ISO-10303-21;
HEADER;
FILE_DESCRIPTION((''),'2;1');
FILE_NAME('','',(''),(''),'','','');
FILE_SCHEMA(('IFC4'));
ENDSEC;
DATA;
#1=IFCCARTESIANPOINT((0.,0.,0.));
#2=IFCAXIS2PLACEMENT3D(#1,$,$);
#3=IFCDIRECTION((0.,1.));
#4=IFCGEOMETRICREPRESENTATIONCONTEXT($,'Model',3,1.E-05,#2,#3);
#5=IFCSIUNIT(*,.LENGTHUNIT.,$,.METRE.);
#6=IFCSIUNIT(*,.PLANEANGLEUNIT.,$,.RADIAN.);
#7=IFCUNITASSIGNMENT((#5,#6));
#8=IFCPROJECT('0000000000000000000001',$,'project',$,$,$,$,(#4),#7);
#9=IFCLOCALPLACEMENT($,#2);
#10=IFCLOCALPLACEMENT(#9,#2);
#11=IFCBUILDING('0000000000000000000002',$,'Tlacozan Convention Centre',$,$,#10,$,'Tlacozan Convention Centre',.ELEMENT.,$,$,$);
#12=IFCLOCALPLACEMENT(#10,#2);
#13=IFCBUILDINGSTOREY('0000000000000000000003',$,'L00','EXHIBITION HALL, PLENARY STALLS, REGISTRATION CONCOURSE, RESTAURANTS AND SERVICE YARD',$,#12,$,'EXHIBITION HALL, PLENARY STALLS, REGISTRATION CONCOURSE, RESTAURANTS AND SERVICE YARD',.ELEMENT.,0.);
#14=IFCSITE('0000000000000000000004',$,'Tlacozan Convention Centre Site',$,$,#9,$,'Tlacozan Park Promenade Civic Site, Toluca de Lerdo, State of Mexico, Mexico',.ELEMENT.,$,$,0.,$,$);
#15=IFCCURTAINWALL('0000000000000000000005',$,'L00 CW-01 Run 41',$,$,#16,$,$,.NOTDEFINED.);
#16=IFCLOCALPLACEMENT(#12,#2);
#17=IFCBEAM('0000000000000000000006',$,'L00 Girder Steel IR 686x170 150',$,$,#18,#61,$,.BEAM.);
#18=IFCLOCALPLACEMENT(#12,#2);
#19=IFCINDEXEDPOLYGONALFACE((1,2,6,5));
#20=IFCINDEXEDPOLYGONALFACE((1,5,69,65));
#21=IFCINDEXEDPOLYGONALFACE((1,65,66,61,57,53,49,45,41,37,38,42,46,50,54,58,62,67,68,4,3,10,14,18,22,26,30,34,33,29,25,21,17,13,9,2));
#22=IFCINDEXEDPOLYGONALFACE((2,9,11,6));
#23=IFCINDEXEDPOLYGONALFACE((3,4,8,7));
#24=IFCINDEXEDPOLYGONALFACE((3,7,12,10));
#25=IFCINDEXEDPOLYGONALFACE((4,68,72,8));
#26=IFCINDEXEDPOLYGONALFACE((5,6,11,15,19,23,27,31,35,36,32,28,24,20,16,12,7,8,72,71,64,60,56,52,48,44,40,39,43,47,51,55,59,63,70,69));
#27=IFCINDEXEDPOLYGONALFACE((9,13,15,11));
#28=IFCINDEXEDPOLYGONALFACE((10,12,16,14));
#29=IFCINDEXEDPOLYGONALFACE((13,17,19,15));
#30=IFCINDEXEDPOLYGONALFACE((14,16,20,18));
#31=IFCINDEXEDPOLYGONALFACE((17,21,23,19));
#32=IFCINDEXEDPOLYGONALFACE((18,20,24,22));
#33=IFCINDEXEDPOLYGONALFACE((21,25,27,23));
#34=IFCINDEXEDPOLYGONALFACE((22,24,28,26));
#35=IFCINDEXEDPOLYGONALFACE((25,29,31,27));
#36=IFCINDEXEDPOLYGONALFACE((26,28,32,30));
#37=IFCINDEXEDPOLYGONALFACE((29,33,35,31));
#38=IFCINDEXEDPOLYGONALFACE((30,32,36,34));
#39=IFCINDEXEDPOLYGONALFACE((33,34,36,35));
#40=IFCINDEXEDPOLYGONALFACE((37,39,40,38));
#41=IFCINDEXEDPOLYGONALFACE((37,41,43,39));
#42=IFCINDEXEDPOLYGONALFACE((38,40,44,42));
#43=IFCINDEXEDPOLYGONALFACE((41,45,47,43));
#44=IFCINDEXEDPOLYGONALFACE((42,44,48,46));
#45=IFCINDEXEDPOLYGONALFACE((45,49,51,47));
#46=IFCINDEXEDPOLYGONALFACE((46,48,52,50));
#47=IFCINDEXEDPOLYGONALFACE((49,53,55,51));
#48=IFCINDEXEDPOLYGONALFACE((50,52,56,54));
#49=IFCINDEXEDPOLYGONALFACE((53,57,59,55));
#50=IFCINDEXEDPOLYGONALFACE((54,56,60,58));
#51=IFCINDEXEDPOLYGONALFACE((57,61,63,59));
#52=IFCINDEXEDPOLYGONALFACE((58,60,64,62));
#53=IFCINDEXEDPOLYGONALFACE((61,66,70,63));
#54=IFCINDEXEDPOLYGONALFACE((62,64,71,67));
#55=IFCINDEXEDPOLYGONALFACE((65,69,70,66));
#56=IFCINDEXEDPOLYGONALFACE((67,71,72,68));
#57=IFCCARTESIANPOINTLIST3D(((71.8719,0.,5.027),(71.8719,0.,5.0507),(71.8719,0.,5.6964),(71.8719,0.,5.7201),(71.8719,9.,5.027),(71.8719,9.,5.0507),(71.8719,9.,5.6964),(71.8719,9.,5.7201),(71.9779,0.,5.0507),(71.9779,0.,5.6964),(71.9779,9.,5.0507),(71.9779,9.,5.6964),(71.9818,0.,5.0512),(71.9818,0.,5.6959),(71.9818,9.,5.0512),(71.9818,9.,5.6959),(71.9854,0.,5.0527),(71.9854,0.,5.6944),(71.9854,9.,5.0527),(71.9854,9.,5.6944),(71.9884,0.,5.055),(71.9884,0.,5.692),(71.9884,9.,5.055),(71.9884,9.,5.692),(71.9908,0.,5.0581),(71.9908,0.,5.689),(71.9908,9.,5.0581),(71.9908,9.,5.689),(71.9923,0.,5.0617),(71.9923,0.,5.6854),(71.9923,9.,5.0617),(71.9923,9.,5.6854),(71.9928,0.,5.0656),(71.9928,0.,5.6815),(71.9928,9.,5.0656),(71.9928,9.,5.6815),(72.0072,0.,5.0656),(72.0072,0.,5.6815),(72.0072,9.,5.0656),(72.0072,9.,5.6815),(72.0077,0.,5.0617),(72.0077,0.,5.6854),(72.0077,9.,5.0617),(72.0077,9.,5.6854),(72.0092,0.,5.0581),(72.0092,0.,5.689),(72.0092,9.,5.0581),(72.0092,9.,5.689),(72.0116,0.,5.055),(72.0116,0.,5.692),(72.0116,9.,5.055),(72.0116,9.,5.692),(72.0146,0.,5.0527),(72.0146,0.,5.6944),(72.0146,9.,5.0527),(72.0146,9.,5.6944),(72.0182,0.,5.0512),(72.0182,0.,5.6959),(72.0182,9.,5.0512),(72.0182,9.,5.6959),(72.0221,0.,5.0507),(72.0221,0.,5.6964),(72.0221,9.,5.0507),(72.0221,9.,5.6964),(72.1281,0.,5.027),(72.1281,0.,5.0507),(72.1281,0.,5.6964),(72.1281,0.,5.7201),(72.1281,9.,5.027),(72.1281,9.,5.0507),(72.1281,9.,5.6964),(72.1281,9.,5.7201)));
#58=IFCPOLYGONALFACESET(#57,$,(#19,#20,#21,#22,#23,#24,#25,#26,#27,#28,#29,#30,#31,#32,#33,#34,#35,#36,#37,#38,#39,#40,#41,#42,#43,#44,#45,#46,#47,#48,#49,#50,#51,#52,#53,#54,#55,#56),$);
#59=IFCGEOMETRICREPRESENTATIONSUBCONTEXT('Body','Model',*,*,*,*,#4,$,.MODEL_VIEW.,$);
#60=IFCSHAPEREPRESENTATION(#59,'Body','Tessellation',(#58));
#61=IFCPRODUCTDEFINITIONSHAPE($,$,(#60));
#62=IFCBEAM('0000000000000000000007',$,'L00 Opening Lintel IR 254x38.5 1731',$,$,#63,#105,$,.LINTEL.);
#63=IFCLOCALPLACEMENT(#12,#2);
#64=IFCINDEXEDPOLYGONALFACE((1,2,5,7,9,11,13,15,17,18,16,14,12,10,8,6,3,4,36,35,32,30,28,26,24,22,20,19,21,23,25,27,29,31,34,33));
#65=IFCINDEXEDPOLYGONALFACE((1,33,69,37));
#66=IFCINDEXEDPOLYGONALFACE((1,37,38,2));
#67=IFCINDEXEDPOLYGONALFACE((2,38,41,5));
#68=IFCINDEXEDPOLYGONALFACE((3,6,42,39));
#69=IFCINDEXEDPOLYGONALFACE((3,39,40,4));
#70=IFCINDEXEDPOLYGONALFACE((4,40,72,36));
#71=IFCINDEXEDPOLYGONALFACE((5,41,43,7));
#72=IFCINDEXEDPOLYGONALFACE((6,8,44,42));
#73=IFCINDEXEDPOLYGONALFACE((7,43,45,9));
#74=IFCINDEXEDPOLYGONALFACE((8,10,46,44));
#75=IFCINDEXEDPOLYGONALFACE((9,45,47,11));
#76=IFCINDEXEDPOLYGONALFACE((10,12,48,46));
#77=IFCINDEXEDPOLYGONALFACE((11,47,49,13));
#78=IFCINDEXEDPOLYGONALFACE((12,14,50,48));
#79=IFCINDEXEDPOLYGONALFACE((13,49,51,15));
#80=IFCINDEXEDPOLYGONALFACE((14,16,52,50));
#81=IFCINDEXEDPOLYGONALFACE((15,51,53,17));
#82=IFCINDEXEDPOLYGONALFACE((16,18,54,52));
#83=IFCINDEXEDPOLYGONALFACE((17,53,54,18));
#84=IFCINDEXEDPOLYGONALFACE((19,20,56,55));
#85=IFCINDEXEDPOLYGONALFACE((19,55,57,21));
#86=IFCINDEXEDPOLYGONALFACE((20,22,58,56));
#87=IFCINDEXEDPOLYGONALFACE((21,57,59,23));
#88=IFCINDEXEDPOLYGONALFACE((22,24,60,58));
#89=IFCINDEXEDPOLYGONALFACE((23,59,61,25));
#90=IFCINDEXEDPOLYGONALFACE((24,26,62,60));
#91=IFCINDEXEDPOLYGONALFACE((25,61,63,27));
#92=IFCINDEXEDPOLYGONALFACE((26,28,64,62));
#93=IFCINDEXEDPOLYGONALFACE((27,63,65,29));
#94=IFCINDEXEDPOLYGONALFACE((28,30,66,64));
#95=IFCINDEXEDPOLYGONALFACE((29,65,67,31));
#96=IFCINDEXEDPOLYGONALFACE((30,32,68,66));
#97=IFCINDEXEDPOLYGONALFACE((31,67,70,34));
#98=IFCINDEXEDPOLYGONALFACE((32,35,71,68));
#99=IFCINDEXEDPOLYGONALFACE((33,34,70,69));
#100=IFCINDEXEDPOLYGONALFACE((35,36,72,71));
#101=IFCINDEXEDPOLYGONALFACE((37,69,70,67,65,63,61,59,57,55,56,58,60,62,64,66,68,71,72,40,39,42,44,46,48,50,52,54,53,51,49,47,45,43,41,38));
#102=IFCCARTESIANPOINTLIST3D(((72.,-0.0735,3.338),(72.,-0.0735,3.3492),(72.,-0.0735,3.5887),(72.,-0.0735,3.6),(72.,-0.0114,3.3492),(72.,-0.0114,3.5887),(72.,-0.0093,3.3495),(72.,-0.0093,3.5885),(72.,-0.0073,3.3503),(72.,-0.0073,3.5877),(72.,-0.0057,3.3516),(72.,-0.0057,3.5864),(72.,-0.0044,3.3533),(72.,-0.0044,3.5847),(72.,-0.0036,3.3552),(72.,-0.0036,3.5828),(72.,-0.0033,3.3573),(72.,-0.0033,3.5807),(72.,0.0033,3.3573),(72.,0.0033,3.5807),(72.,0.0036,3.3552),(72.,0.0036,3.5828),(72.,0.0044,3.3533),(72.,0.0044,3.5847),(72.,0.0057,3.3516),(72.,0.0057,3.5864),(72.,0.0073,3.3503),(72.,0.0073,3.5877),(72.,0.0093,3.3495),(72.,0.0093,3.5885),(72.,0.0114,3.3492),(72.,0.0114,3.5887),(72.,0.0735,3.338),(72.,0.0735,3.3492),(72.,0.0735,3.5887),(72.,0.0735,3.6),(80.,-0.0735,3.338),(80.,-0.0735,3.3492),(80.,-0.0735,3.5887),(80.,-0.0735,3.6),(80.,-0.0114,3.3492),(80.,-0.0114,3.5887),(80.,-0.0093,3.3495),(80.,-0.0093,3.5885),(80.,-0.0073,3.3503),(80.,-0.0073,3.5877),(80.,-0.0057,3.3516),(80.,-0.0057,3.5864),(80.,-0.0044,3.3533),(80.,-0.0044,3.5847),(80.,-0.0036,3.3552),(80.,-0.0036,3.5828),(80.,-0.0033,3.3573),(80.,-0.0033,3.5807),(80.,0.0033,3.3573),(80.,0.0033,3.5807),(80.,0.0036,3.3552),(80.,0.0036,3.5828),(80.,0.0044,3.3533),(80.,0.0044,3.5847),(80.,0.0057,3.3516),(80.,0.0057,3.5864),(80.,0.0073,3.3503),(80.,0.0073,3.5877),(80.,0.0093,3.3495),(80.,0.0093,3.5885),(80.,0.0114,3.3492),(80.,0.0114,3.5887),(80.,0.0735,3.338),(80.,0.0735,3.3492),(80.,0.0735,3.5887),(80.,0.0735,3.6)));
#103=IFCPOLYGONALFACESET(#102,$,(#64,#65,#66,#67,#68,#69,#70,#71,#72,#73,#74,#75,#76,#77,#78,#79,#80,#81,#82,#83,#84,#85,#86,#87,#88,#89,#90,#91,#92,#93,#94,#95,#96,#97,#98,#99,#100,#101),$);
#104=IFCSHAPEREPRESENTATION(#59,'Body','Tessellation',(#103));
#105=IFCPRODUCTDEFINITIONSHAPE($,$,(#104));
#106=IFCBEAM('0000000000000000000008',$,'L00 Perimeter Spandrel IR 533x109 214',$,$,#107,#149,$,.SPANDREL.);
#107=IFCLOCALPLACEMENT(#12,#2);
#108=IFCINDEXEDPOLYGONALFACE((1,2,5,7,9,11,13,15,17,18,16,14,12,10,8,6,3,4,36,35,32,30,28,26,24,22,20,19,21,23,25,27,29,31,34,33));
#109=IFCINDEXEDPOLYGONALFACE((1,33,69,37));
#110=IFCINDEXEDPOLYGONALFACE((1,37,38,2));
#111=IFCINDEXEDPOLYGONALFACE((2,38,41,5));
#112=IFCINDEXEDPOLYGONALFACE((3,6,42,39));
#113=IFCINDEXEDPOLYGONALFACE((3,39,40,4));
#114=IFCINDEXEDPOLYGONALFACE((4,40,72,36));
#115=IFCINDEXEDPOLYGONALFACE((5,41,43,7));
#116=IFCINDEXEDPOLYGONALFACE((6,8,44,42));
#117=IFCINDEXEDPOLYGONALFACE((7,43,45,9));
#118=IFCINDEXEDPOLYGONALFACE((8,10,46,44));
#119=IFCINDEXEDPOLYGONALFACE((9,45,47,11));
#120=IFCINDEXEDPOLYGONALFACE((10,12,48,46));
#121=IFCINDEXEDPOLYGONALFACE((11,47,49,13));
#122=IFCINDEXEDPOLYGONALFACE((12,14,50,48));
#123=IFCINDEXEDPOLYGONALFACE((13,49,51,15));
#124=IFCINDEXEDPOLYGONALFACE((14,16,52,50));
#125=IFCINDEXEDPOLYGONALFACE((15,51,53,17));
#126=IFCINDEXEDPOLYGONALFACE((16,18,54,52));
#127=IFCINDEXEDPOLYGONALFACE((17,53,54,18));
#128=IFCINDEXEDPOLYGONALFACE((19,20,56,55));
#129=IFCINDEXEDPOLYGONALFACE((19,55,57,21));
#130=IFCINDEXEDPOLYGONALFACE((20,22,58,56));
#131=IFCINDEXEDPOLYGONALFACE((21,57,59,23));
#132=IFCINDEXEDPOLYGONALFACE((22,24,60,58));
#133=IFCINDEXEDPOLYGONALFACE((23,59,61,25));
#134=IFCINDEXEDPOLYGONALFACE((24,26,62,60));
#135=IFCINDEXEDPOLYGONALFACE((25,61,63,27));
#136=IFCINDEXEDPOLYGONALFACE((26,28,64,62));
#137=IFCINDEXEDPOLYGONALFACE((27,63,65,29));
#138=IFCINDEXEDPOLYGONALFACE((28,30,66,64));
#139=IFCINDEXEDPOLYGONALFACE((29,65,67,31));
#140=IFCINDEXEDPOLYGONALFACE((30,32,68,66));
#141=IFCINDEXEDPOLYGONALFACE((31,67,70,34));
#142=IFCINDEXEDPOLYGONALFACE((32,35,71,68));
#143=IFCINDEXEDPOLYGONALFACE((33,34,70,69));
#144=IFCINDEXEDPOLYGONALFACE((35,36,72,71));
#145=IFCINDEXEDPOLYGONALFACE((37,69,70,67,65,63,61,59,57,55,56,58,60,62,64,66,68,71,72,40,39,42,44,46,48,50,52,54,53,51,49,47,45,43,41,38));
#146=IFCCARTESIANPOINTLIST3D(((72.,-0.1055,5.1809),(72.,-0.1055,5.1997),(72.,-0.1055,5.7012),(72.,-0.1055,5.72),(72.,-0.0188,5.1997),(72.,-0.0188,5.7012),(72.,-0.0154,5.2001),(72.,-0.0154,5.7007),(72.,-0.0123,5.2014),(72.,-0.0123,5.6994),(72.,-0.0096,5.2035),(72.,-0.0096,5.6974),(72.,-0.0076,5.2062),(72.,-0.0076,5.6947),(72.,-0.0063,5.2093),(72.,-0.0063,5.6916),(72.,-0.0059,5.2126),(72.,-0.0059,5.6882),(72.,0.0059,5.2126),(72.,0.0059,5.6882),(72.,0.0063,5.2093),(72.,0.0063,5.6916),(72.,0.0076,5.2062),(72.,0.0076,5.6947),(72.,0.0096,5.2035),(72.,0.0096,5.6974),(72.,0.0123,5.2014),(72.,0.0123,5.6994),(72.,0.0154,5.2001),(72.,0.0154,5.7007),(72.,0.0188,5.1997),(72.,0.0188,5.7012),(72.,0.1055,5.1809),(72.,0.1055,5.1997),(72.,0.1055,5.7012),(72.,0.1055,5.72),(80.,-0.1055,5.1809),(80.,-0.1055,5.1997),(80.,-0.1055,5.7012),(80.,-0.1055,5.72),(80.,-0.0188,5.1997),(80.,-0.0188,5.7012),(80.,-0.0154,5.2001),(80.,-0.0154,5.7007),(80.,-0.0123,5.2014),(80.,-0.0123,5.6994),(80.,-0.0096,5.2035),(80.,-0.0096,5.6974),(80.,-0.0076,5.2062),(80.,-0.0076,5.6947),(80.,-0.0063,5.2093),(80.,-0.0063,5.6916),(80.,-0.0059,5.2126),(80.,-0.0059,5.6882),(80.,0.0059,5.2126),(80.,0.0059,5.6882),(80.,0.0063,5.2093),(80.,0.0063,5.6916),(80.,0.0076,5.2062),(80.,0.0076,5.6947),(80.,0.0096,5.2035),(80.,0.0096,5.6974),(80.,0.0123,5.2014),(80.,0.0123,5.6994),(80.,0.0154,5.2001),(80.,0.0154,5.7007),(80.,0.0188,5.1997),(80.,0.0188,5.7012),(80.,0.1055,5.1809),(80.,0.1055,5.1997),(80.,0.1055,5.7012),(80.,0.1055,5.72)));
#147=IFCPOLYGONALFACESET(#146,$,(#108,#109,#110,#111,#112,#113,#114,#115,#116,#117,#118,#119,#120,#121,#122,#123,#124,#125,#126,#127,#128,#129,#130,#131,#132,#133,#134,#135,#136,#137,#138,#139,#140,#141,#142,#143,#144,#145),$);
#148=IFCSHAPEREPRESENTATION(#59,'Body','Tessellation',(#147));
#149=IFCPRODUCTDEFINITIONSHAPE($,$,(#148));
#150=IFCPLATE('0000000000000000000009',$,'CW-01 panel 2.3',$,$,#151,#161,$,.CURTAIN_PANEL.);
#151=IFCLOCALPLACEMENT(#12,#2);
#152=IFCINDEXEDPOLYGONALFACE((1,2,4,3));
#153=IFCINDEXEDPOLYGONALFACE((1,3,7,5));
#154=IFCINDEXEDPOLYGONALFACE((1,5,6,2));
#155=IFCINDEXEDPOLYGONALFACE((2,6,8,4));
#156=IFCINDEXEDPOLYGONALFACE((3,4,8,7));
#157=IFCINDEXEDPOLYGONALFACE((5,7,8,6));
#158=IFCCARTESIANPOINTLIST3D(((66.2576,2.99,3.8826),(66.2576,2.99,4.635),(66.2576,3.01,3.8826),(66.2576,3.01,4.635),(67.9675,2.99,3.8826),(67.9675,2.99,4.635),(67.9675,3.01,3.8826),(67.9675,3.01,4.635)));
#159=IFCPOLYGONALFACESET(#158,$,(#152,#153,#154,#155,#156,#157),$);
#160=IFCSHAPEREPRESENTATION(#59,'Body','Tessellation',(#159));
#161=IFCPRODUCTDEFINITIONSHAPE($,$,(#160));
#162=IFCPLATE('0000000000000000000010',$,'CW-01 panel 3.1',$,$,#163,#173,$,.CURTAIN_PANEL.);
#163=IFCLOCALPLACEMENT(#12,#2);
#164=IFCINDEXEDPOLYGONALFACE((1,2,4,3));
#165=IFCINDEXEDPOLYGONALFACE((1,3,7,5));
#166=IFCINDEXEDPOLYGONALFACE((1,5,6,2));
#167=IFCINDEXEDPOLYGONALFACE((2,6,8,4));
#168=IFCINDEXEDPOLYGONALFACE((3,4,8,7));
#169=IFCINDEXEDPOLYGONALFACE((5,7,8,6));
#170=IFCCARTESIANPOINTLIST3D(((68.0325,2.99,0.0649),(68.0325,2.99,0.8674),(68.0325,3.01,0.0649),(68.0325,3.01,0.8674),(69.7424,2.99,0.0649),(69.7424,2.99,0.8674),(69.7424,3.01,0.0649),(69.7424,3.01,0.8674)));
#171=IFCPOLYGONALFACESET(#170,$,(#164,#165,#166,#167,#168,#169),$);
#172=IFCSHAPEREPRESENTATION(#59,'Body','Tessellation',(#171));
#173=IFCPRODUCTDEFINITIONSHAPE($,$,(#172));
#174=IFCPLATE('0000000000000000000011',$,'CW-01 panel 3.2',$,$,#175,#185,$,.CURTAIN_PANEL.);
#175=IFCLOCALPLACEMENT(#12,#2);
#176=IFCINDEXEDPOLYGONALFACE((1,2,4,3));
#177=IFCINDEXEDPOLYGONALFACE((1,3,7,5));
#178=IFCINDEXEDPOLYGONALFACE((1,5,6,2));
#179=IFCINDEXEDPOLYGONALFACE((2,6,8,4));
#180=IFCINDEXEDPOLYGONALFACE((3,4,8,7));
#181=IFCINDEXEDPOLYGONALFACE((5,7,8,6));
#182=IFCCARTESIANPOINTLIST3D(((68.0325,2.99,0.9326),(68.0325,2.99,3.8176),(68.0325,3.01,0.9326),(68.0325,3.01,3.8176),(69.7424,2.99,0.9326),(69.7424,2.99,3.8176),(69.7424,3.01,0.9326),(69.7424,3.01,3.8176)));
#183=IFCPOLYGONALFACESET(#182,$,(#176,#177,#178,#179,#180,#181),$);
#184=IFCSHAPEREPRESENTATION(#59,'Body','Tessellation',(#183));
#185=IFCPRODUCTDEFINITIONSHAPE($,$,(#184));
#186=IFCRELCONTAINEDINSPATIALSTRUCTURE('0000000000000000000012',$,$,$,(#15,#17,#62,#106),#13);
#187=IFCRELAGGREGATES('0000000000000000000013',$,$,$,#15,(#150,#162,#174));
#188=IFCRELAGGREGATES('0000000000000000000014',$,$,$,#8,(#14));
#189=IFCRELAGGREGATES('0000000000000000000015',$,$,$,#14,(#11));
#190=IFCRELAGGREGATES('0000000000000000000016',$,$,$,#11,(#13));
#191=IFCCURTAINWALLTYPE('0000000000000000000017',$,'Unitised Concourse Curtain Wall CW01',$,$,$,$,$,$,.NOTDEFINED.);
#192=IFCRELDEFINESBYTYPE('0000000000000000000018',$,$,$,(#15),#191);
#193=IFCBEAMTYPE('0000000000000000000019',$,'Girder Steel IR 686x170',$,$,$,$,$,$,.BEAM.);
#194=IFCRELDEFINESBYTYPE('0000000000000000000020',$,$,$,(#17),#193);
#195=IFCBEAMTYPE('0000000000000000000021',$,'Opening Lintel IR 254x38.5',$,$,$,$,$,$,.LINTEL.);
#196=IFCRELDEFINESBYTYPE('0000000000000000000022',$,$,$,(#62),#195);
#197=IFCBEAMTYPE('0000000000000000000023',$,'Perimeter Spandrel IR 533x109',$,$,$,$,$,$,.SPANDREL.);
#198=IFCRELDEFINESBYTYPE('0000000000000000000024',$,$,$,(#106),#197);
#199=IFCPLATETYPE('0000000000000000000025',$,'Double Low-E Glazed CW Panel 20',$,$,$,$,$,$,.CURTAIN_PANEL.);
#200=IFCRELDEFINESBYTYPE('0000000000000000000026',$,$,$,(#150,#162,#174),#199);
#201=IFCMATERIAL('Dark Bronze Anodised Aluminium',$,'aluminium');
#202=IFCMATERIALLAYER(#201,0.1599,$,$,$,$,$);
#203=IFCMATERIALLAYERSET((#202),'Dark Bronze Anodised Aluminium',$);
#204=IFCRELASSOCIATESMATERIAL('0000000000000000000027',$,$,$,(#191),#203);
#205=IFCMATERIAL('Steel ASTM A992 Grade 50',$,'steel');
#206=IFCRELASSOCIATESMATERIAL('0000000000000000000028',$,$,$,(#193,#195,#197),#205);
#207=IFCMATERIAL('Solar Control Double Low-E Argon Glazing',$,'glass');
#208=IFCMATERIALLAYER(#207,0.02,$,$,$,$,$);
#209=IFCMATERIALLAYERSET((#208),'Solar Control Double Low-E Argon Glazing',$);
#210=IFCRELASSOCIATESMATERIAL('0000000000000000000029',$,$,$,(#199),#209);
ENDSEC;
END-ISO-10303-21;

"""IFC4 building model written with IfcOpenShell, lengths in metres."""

from ifc_helpers import new_model, si_unit, direction, frame, origin, origin_2d, place, context, subcontext, project, spatial, rectangle, i_section, extrude, material, layer, layer_set, material_profile, profile_set, type_object, element, aggregate, save


model = new_model("IFC4")

# Units and contexts
model_context = context("Model", 3, precision=1e-05, world=origin(), true_north=direction((0.0, 1.0)))
body_context = subcontext(model_context, "Body", "Model", "MODEL_VIEW")
ifc_project = project(units=[si_unit("LENGTHUNIT", "METRE"), si_unit("PLANEANGLEUNIT", "RADIAN")], contexts=[model_context])

# Site, building, storey
site_placement = place(None, origin())
site = spatial("IfcSite", under=ifc_project, at=site_placement, Name="Tlacozan Convention Centre Site", LongName="Tlacozan Park Promenade Civic Site, Toluca de Lerdo, State of Mexico, Mexico", CompositionType="ELEMENT", RefElevation=0.0)
building_placement = place(site_placement, origin())
building = spatial("IfcBuilding", under=site, at=building_placement, Name="Tlacozan Convention Centre", LongName="Tlacozan Convention Centre", CompositionType="ELEMENT")
storey_placement = place(building_placement, origin())
storey = spatial("IfcBuildingStorey", under=building, at=storey_placement, Name="L00", Description="EXHIBITION HALL, PLENARY STALLS, REGISTRATION CONCOURSE, RESTAURANTS AND SERVICE YARD", LongName="EXHIBITION HALL, PLENARY STALLS, REGISTRATION CONCOURSE, RESTAURANTS AND SERVICE YARD", CompositionType="ELEMENT", Elevation=0.0)

# Curtain wall
ifc_material_1 = material(Name="Dark Bronze Anodised Aluminium", Category="aluminium")
ifc_layer_1 = layer(ifc_material_1, 0.1599)
ifc_layer_set_1 = layer_set([ifc_layer_1], Name="Dark Bronze Anodised Aluminium")
curtain_wall_type = type_object("IfcCurtainWallType", Name="Unitised Concourse Curtain Wall CW01", PredefinedType="NOTDEFINED", material=ifc_layer_set_1)
curtain_wall_placement = place(storey_placement, origin())
curtain_wall = element("IfcCurtainWall", 1, at=curtain_wall_placement, inside=storey, type_object=curtain_wall_type, Name="L00 CW-01 Run 41", PredefinedType="NOTDEFINED")

# Beams
ifc_material_2 = material(Name="Steel ASTM A992 Grade 50", Category="steel")
ifc_material_profile_1 = material_profile(ifc_material_2, i_section(OverallWidth=0.2561, OverallDepth=0.6931, WebThickness=0.0144, FlangeThickness=0.0237, FilletRadius=0.0149, at=origin_2d()), Name="IR 686x170.0")
ifc_profile_set_1 = profile_set([ifc_material_profile_1], Name="Steel ASTM A992 Grade 50")
beam_type_1 = type_object("IfcBeamType", Name="Girder Steel IR 686x170", PredefinedType="BEAM", material=ifc_profile_set_1)
beam_1_placement = place(storey_placement, frame((72.0, 0.0, 5.3735), z_axis=(0.0, 1.0, 0.0), x_axis=(-1.0, 0.0, 0.0)))
element("IfcBeam", 2, at=beam_1_placement, inside=storey, type_object=beam_type_1, Name="L00 Girder Steel IR 686x170 150", PredefinedType="BEAM", context=body_context, shape_type="SweptSolid", body=[
    extrude(i_section(OverallWidth=0.2561, OverallDepth=0.6931, WebThickness=0.0144, FlangeThickness=0.0237, FilletRadius=0.0149, at=origin_2d()), origin(), (0.0, 0.0, 1.0), 9.0),
])
ifc_material_profile_2 = material_profile(ifc_material_2, i_section(OverallWidth=0.147, OverallDepth=0.262, WebThickness=0.0066, FlangeThickness=0.0112, FilletRadius=0.0081, at=origin_2d()), Name="IR 254x38.5")
ifc_profile_set_2 = profile_set([ifc_material_profile_2], Name="Steel ASTM A992 Grade 50")
beam_type_2 = type_object("IfcBeamType", Name="Opening Lintel IR 254x38.5", PredefinedType="LINTEL", material=ifc_profile_set_2)
beam_2_placement = place(storey_placement, frame((72.0, 0.0, 3.469), z_axis=(1.0, 0.0, 0.0), x_axis=(0.0, 1.0, 0.0)))
element("IfcBeam", 3, at=beam_2_placement, inside=storey, type_object=beam_type_2, Name="L00 Opening Lintel IR 254x38.5 1731", PredefinedType="LINTEL", context=body_context, shape_type="SweptSolid", body=[
    extrude(i_section(OverallWidth=0.147, OverallDepth=0.262, WebThickness=0.0066, FlangeThickness=0.0112, FilletRadius=0.0081, at=origin_2d()), origin(), (0.0, 0.0, 1.0), 8.0),
])
ifc_material_profile_3 = material_profile(ifc_material_2, i_section(OverallWidth=0.2109, OverallDepth=0.5391, WebThickness=0.0117, FlangeThickness=0.0188, FilletRadius=0.0129, at=origin_2d()), Name="IR 533x109.0")
ifc_profile_set_3 = profile_set([ifc_material_profile_3], Name="Steel ASTM A992 Grade 50")
beam_type_3 = type_object("IfcBeamType", Name="Perimeter Spandrel IR 533x109", PredefinedType="SPANDREL", material=ifc_profile_set_3)
beam_3_placement = place(storey_placement, frame((72.0, 0.0, 5.4504), z_axis=(1.0, 0.0, 0.0), x_axis=(0.0, 1.0, 0.0)))
element("IfcBeam", 4, at=beam_3_placement, inside=storey, type_object=beam_type_3, Name="L00 Perimeter Spandrel IR 533x109 214", PredefinedType="SPANDREL", context=body_context, shape_type="SweptSolid", body=[
    extrude(i_section(OverallWidth=0.2109, OverallDepth=0.5391, WebThickness=0.0117, FlangeThickness=0.0188, FilletRadius=0.0129, at=origin_2d()), origin(), (0.0, 0.0, 1.0), 8.0),
])

# Plates
ifc_material_3 = material(Name="Solar Control Double Low-E Argon Glazing", Category="glass")
ifc_layer_2 = layer(ifc_material_3, 0.02)
ifc_layer_set_2 = layer_set([ifc_layer_2], Name="Solar Control Double Low-E Argon Glazing")
plate_type = type_object("IfcPlateType", Name="Double Low-E Glazed CW Panel 20", PredefinedType="CURTAIN_PANEL", material=ifc_layer_set_2)
plate_1_placement = place(storey_placement, frame((67.1125, 3.0, 3.8826), z_axis=(0.0, 0.0, 1.0), x_axis=(1.0, 0.0, 0.0)))
plate_1 = element("IfcPlate", 5, at=plate_1_placement, type_object=plate_type, Name="CW-01 panel 2.3", PredefinedType="CURTAIN_PANEL", context=body_context, shape_type="SweptSolid", body=[
    extrude(rectangle(XDim=1.71, YDim=0.02, at=origin_2d()), origin(), (0.0, 0.0, 1.0), 0.7524),
])
plate_2_placement = place(storey_placement, frame((68.8875, 3.0, 0.0649), z_axis=(0.0, 0.0, 1.0), x_axis=(1.0, 0.0, 0.0)))
plate_2 = element("IfcPlate", 6, at=plate_2_placement, type_object=plate_type, Name="CW-01 panel 3.1", PredefinedType="CURTAIN_PANEL", context=body_context, shape_type="SweptSolid", body=[
    extrude(rectangle(XDim=1.71, YDim=0.02, at=origin_2d()), origin(), (0.0, 0.0, 1.0), 0.8025),
])
plate_3_placement = place(storey_placement, frame((68.8875, 3.0, 0.9326), z_axis=(0.0, 0.0, 1.0), x_axis=(1.0, 0.0, 0.0)))
plate_3 = element("IfcPlate", 7, at=plate_3_placement, type_object=plate_type, Name="CW-01 panel 3.2", PredefinedType="CURTAIN_PANEL", context=body_context, shape_type="SweptSolid", body=[
    extrude(rectangle(XDim=1.71, YDim=0.02, at=origin_2d()), origin(), (0.0, 0.0, 1.0), 2.885),
])
aggregate(curtain_wall, [plate_1, plate_2, plate_3])

save(model, "model.ifc")
